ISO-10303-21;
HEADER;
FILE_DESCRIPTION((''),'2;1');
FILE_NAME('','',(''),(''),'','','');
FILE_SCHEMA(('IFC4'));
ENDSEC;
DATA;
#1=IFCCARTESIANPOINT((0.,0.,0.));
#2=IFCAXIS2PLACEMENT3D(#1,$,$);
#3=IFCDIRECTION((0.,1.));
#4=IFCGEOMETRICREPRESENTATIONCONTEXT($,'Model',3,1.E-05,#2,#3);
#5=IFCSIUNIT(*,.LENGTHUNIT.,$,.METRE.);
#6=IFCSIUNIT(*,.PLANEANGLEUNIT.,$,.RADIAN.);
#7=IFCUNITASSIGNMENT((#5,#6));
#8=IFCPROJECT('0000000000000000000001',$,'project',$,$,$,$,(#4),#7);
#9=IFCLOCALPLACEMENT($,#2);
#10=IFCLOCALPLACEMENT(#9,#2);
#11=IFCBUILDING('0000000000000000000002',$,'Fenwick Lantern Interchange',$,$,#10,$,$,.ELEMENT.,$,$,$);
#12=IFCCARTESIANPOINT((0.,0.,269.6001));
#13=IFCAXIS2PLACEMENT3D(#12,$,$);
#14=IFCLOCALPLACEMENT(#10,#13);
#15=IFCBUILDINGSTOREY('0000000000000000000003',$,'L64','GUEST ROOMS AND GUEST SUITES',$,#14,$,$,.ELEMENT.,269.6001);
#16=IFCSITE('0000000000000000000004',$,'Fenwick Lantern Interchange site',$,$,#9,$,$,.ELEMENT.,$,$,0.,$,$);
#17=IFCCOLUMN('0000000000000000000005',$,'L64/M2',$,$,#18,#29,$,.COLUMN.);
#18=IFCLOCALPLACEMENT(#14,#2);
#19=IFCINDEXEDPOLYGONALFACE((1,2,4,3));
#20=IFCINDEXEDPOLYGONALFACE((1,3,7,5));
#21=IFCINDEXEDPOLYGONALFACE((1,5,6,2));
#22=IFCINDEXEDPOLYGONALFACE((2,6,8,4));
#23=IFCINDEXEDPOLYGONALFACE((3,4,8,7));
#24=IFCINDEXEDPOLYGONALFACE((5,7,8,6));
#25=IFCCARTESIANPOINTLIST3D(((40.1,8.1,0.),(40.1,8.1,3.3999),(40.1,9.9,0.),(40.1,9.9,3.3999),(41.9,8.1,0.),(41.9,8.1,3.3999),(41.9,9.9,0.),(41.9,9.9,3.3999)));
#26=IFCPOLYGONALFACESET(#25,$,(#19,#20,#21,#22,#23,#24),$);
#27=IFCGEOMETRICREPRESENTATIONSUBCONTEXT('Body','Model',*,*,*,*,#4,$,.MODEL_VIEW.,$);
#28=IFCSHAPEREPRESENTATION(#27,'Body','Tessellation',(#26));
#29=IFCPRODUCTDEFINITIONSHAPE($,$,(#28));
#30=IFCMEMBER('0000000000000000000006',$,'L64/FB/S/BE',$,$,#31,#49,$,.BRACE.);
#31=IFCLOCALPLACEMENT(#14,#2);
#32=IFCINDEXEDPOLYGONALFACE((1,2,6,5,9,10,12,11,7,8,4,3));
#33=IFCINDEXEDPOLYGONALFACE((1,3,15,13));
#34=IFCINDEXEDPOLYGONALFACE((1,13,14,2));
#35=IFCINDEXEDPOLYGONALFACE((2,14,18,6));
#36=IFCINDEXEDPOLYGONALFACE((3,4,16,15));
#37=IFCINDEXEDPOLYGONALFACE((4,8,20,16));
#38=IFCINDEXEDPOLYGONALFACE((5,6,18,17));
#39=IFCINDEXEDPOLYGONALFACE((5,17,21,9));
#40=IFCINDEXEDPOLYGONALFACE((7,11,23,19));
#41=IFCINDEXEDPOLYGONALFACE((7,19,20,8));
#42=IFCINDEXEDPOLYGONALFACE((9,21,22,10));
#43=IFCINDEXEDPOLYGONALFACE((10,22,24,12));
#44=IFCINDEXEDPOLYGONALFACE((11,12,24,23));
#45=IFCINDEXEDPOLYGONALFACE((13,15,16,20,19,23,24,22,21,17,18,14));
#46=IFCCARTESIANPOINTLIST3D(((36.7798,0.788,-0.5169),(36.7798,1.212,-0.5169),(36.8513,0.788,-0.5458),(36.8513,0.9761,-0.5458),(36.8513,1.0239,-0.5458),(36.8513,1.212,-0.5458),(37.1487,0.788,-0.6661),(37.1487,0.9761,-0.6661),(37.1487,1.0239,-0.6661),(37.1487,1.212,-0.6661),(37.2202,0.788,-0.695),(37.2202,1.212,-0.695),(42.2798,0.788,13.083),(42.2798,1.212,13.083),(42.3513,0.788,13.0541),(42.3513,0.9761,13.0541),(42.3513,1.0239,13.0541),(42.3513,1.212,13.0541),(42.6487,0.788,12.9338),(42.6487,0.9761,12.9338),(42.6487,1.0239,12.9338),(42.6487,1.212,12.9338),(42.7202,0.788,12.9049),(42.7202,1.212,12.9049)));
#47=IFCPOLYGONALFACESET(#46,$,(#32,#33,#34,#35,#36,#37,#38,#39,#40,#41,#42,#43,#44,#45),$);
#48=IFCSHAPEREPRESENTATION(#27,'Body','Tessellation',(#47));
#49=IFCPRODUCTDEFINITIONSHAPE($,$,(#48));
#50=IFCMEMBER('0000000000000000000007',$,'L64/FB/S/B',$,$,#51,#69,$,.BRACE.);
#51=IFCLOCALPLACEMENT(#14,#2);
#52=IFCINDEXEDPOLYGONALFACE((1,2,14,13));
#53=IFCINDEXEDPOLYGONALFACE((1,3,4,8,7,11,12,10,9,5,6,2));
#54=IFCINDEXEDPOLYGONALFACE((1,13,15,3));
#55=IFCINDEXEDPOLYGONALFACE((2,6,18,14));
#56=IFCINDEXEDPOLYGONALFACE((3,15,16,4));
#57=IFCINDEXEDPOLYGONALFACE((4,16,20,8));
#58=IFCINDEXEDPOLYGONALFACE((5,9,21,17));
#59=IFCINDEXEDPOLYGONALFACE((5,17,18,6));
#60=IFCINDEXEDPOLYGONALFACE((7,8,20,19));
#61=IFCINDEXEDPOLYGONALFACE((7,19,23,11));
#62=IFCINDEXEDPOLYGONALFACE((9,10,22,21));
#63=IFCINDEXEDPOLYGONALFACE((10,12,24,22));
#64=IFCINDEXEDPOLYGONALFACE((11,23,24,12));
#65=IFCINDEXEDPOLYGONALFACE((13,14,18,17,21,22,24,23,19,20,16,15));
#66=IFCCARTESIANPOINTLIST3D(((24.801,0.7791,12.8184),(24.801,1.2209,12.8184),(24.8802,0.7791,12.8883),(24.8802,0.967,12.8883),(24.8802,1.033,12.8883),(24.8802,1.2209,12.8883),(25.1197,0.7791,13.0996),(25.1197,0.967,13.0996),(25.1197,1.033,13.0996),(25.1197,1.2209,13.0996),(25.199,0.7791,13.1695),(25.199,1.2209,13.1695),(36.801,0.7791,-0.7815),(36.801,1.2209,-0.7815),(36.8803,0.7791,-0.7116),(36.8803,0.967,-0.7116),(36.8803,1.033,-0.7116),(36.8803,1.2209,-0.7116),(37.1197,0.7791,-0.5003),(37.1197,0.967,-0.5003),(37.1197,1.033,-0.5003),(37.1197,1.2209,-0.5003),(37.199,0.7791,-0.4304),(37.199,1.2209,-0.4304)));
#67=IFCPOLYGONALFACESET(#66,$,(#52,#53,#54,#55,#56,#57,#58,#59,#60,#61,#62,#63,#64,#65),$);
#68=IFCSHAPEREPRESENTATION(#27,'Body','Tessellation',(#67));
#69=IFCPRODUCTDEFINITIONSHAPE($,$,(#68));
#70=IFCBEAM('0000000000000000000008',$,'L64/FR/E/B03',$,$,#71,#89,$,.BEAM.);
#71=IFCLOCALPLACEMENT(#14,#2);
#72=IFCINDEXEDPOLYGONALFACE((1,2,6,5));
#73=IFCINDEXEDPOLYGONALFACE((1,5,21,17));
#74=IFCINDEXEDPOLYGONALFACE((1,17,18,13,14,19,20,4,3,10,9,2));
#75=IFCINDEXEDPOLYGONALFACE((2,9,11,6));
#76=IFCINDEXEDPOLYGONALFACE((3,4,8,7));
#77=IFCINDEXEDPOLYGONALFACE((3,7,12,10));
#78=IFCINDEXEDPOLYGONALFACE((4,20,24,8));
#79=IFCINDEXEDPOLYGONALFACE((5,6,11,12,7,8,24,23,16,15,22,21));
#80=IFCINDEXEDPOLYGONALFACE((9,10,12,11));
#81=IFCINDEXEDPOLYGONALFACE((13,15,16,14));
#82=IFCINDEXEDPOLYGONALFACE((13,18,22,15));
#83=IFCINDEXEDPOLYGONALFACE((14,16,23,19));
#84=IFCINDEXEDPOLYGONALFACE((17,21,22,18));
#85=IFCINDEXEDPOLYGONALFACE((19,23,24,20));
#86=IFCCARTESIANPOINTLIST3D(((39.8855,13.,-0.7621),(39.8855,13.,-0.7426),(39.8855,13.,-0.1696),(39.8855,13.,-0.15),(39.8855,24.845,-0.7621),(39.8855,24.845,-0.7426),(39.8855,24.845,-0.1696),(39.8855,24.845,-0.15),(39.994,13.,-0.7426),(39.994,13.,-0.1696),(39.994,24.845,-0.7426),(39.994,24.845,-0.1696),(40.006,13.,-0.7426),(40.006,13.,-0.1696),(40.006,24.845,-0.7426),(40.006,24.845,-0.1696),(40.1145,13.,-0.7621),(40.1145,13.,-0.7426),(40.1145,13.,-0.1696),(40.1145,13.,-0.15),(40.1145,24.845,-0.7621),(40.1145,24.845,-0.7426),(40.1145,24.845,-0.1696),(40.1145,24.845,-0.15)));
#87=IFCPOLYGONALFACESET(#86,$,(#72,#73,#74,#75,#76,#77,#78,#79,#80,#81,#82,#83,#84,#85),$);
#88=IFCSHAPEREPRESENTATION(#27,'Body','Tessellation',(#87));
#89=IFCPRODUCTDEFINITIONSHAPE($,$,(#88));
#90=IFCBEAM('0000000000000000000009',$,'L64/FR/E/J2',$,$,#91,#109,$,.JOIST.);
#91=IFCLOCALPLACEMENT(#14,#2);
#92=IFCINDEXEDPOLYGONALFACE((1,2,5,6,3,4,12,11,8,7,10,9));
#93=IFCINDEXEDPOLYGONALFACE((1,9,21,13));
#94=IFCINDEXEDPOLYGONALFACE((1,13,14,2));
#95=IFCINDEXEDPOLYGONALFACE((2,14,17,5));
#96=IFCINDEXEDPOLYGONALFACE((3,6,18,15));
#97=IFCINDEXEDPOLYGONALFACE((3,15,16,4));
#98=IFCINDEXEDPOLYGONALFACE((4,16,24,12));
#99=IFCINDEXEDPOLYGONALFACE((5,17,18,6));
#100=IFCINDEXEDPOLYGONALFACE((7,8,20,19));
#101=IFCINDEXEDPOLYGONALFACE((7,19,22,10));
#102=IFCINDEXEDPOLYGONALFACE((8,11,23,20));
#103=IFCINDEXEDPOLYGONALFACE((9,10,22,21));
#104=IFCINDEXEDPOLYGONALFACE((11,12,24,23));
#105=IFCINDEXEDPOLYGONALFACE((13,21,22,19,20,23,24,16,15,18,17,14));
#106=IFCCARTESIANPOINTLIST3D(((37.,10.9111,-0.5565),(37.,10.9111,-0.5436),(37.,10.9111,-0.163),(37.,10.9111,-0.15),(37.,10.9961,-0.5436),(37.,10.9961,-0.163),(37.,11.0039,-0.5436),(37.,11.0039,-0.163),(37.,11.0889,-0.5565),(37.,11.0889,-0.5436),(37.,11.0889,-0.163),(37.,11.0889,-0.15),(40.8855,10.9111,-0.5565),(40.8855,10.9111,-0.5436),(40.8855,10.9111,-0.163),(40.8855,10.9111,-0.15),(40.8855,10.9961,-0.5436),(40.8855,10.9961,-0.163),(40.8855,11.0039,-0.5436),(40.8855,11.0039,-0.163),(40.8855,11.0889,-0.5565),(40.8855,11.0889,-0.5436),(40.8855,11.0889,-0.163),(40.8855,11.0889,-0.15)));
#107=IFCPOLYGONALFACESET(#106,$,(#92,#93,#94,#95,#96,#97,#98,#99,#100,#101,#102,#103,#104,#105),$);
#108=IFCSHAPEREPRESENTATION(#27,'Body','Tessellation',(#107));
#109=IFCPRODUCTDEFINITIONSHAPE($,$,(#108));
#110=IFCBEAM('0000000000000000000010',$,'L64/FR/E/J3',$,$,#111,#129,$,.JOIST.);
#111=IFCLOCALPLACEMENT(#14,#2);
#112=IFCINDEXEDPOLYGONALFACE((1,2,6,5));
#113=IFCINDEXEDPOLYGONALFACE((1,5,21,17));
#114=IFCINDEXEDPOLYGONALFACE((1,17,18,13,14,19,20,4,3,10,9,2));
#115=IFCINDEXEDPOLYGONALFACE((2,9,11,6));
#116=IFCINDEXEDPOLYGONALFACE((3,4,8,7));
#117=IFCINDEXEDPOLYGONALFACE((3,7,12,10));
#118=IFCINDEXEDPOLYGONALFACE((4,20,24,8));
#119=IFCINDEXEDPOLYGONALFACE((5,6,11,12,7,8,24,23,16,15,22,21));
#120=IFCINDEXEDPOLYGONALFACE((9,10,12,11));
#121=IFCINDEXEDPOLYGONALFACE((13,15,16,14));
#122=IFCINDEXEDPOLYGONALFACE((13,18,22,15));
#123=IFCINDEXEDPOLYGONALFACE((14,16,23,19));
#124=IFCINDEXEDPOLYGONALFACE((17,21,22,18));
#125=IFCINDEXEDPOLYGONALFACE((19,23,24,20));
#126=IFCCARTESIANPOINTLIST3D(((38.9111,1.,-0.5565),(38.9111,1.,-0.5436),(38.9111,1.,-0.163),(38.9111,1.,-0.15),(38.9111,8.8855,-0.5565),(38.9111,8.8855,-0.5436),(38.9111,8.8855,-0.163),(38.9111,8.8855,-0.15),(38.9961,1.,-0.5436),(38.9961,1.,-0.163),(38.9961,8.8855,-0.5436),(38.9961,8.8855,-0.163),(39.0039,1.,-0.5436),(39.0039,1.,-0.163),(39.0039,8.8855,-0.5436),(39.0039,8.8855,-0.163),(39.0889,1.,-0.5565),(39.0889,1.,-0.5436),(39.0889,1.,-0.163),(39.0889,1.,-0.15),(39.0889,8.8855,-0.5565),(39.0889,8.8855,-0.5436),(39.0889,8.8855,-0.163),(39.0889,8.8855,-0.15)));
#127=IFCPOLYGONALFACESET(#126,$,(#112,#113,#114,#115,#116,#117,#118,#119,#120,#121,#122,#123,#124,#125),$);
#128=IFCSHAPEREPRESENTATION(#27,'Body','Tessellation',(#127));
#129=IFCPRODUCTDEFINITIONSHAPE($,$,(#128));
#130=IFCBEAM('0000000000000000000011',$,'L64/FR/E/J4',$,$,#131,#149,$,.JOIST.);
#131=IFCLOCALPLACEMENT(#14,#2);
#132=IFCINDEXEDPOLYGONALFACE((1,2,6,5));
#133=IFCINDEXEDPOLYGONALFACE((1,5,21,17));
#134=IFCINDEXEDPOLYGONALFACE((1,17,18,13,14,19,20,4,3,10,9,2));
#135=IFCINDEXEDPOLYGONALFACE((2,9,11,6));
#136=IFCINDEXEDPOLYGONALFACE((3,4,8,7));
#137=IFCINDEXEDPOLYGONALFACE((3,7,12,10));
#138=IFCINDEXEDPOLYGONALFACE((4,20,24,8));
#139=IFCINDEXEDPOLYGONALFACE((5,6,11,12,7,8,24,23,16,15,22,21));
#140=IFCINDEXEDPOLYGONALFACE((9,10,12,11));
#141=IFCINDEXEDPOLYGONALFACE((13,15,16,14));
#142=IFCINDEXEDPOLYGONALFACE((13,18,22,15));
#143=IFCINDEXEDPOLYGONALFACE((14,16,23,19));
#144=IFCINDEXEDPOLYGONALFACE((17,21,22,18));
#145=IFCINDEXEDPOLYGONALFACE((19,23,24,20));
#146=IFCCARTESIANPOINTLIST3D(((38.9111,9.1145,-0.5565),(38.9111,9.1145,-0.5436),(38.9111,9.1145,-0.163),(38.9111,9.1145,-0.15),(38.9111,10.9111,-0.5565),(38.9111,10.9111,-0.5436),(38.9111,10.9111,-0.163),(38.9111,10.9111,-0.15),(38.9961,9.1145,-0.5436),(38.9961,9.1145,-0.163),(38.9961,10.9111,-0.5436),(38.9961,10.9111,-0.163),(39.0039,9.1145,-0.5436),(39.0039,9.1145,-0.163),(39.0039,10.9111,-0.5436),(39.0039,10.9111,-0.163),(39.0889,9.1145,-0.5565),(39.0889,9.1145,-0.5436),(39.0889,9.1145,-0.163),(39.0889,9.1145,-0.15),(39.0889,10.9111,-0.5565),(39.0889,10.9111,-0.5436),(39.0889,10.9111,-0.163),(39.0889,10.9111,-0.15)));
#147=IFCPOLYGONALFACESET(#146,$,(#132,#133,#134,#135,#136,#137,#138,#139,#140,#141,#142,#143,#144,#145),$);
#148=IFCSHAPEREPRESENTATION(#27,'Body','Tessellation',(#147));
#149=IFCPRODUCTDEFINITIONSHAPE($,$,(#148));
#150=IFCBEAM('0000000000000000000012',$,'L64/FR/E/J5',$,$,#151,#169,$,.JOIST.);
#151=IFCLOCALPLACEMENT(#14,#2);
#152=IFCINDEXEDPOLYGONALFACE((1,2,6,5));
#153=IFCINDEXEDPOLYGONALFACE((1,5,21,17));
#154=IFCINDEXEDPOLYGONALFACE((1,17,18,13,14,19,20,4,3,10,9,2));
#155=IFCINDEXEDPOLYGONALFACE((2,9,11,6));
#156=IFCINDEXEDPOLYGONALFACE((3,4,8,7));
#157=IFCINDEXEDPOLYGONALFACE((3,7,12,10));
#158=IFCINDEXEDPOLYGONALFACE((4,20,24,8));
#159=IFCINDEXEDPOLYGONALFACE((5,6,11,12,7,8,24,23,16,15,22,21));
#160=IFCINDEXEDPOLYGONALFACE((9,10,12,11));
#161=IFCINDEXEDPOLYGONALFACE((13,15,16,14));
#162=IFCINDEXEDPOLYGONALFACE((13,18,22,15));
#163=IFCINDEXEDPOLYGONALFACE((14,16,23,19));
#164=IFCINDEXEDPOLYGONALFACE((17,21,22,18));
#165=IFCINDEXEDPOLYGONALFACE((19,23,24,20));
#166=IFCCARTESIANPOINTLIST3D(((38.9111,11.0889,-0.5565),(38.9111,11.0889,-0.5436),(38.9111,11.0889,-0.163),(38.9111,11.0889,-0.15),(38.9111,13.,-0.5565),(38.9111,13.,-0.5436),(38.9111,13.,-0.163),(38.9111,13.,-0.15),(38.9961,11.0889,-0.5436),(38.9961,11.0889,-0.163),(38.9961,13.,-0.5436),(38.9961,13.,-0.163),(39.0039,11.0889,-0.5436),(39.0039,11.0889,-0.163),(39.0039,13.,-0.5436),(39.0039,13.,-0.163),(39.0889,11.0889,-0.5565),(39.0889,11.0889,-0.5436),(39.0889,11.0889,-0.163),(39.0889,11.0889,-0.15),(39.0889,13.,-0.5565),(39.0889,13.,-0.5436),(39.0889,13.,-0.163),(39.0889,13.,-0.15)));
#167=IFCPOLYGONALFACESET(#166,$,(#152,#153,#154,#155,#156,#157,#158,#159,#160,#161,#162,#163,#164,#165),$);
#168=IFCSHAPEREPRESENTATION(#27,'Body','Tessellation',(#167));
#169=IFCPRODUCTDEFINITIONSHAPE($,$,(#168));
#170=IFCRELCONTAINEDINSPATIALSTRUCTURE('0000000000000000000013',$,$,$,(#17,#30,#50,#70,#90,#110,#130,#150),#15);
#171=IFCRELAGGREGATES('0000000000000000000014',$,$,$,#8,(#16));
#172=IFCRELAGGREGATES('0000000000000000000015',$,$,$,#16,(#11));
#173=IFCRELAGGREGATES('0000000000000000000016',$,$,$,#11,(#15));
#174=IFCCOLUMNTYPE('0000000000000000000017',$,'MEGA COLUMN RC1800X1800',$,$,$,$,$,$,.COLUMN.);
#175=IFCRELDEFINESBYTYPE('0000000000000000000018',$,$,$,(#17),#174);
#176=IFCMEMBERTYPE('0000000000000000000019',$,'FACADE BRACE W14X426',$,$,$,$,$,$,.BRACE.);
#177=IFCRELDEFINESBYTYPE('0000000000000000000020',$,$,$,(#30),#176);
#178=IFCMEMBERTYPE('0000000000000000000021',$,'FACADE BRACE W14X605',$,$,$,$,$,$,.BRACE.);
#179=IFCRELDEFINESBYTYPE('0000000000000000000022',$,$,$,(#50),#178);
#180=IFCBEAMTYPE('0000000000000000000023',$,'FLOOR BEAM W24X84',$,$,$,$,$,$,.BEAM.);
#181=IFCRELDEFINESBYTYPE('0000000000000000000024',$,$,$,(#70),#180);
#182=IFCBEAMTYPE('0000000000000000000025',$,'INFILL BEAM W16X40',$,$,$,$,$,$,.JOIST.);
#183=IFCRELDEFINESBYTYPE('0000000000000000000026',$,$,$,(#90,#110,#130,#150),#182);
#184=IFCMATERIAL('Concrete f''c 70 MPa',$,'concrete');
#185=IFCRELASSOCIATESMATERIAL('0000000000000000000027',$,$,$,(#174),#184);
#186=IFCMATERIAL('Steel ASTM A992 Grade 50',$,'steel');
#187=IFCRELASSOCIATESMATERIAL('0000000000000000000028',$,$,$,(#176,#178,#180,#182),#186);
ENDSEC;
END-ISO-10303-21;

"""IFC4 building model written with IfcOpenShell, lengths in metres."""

from ifc_helpers import new_model, si_unit, direction, frame, origin, origin_2d, place, context, subcontext, project, spatial, rectangle, i_section, extrude, material, material_profile, profile_set, type_object, element, save


model = new_model("IFC4")

# Units and contexts
model_context = context("Model", 3, precision=1e-05, world=origin(), true_north=direction((0.0, 1.0)))
body_context = subcontext(model_context, "Body", "Model", "MODEL_VIEW")
ifc_project = project(units=[si_unit("LENGTHUNIT", "METRE"), si_unit("PLANEANGLEUNIT", "RADIAN")], contexts=[model_context])

# Site, building, storey
site_placement = place(None, origin())
site = spatial("IfcSite", under=ifc_project, at=site_placement, Name="Fenwick Lantern Interchange site", CompositionType="ELEMENT", RefElevation=0.0)
building_placement = place(site_placement, origin())
building = spatial("IfcBuilding", under=site, at=building_placement, Name="Fenwick Lantern Interchange", CompositionType="ELEMENT")
storey_placement = place(building_placement, frame((0.0, 0.0, 269.6001)))
storey = spatial("IfcBuildingStorey", under=building, at=storey_placement, Name="L64", Description="GUEST ROOMS AND GUEST SUITES", CompositionType="ELEMENT", Elevation=269.6001)

# Column
ifc_material_1 = material(Name="Concrete f'c 70 MPa", Category="concrete")
ifc_material_profile_1 = material_profile(ifc_material_1, rectangle(XDim=1.8, YDim=1.8, at=origin_2d()), Name="RC1800X1800")
ifc_profile_set_1 = profile_set([ifc_material_profile_1], Name="Concrete f'c 70 MPa")
column_type = type_object("IfcColumnType", Name="MEGA COLUMN RC1800X1800", PredefinedType="COLUMN", material=ifc_profile_set_1)
column_placement = place(storey_placement, frame((41.0, 9.0, 0.0), z_axis=(0.0, 0.0, 1.0), x_axis=(1.0, 0.0, 0.0)))
element("IfcColumn", 1, at=column_placement, inside=storey, type_object=column_type, Name="L64/M2", PredefinedType="COLUMN", context=body_context, shape_type="SweptSolid", body=[
    extrude(rectangle(XDim=1.8, YDim=1.8, at=origin_2d()), origin(), (0.0, 0.0, 1.0), 3.3999),
])

# Members
ifc_material_2 = material(Name="Steel ASTM A992 Grade 50", Category="steel")
ifc_material_profile_2 = material_profile(ifc_material_2, i_section(OverallWidth=0.4241, OverallDepth=0.4751, WebThickness=0.0479, FlangeThickness=0.0771, at=origin_2d()), Name="W14X426")
ifc_profile_set_2 = profile_set([ifc_material_profile_2], Name="Steel ASTM A992 Grade 50")
member_type_1 = type_object("IfcMemberType", Name="FACADE BRACE W14X426", PredefinedType="BRACE", material=ifc_profile_set_2)
member_1_placement = place(storey_placement, frame((37.0, 1.0, -0.606), z_axis=(0.374917, 0.0, 0.927058), x_axis=(0.0, 1.0, 0.0)))
element("IfcMember", 2, at=member_1_placement, inside=storey, type_object=member_type_1, Name="L64/FB/S/BE", PredefinedType="BRACE", context=body_context, shape_type="SweptSolid", body=[
    extrude(i_section(OverallWidth=0.4241, OverallDepth=0.4751, WebThickness=0.0479, FlangeThickness=0.0771, at=origin_2d()), origin(), (0.0, 0.0, 1.0), 14.6699),
])
ifc_material_profile_3 = material_profile(ifc_material_2, i_section(OverallWidth=0.4419, OverallDepth=0.5308, WebThickness=0.0659, FlangeThickness=0.1057, at=origin_2d()), Name="W14X605")
ifc_profile_set_3 = profile_set([ifc_material_profile_3], Name="Steel ASTM A992 Grade 50")
member_type_2 = type_object("IfcMemberType", Name="FACADE BRACE W14X605", PredefinedType="BRACE", material=ifc_profile_set_3)
member_2_placement = place(storey_placement, frame((37.0, 1.0, -0.606), z_axis=(-0.661626, 0.0, 0.749834), x_axis=(0.0, -1.0, 0.0)))
element("IfcMember", 3, at=member_2_placement, inside=storey, type_object=member_type_2, Name="L64/FB/S/B", PredefinedType="BRACE", context=body_context, shape_type="SweptSolid", body=[
    extrude(i_section(OverallWidth=0.4419, OverallDepth=0.5308, WebThickness=0.0659, FlangeThickness=0.1057, at=origin_2d()), origin(), (0.0, 0.0, 1.0), 18.1372),
])

# Beams
ifc_material_profile_4 = material_profile(ifc_material_2, i_section(OverallWidth=0.229, OverallDepth=0.6121, WebThickness=0.012, FlangeThickness=0.0195, at=origin_2d()), Name="W24X84")
ifc_profile_set_4 = profile_set([ifc_material_profile_4], Name="Steel ASTM A992 Grade 50")
beam_type_1 = type_object("IfcBeamType", Name="FLOOR BEAM W24X84", PredefinedType="BEAM", material=ifc_profile_set_4)
beam_1_placement = place(storey_placement, frame((40.0, 13.0, -0.4561), z_axis=(0.0, 1.0, 0.0), x_axis=(-1.0, 0.0, 0.0)))
element("IfcBeam", 4, at=beam_1_placement, inside=storey, type_object=beam_type_1, Name="L64/FR/E/B03", PredefinedType="BEAM", context=body_context, shape_type="SweptSolid", body=[
    extrude(i_section(OverallWidth=0.229, OverallDepth=0.6121, WebThickness=0.012, FlangeThickness=0.0195, at=origin_2d()), origin(), (0.0, 0.0, 1.0), 11.845),
])
ifc_material_profile_5 = material_profile(ifc_material_2, i_section(OverallWidth=0.1777, OverallDepth=0.4065, WebThickness=0.0078, FlangeThickness=0.0129, at=origin_2d()), Name="W16X40")
ifc_profile_set_5 = profile_set([ifc_material_profile_5], Name="Steel ASTM A992 Grade 50")
beam_type_2 = type_object("IfcBeamType", Name="INFILL BEAM W16X40", PredefinedType="JOIST", material=ifc_profile_set_5)
beam_2_placement = place(storey_placement, frame((40.8855, 11.0, -0.3533), z_axis=(-1.0, 0.0, 0.0), x_axis=(0.0, -1.0, 0.0)))
element("IfcBeam", 5, at=beam_2_placement, inside=storey, type_object=beam_type_2, Name="L64/FR/E/J2", PredefinedType="JOIST", context=body_context, shape_type="SweptSolid", body=[
    extrude(i_section(OverallWidth=0.1777, OverallDepth=0.4065, WebThickness=0.0078, FlangeThickness=0.0129, at=origin_2d()), origin(), (0.0, 0.0, 1.0), 3.8855),
])
beam_3_placement = place(storey_placement, frame((39.0, 1.0, -0.3533), z_axis=(0.0, 1.0, 0.0), x_axis=(-1.0, 0.0, 0.0)))
element("IfcBeam", 6, at=beam_3_placement, inside=storey, type_object=beam_type_2, Name="L64/FR/E/J3", PredefinedType="JOIST", context=body_context, shape_type="SweptSolid", body=[
    extrude(i_section(OverallWidth=0.1777, OverallDepth=0.4065, WebThickness=0.0078, FlangeThickness=0.0129, at=origin_2d()), origin(), (0.0, 0.0, 1.0), 7.8855),
])
beam_4_placement = place(storey_placement, frame((39.0, 9.1145, -0.3533), z_axis=(0.0, 1.0, 0.0), x_axis=(-1.0, 0.0, 0.0)))
element("IfcBeam", 7, at=beam_4_placement, inside=storey, type_object=beam_type_2, Name="L64/FR/E/J4", PredefinedType="JOIST", context=body_context, shape_type="SweptSolid", body=[
    extrude(i_section(OverallWidth=0.1777, OverallDepth=0.4065, WebThickness=0.0078, FlangeThickness=0.0129, at=origin_2d()), origin(), (0.0, 0.0, 1.0), 1.7966),
])
beam_5_placement = place(storey_placement, frame((39.0, 11.0889, -0.3533), z_axis=(0.0, 1.0, 0.0), x_axis=(-1.0, 0.0, 0.0)))
element("IfcBeam", 8, at=beam_5_placement, inside=storey, type_object=beam_type_2, Name="L64/FR/E/J5", PredefinedType="JOIST", context=body_context, shape_type="SweptSolid", body=[
    extrude(i_section(OverallWidth=0.1777, OverallDepth=0.4065, WebThickness=0.0078, FlangeThickness=0.0129, at=origin_2d()), origin(), (0.0, 0.0, 1.0), 1.9111),
])

save(model, "model.ifc")
